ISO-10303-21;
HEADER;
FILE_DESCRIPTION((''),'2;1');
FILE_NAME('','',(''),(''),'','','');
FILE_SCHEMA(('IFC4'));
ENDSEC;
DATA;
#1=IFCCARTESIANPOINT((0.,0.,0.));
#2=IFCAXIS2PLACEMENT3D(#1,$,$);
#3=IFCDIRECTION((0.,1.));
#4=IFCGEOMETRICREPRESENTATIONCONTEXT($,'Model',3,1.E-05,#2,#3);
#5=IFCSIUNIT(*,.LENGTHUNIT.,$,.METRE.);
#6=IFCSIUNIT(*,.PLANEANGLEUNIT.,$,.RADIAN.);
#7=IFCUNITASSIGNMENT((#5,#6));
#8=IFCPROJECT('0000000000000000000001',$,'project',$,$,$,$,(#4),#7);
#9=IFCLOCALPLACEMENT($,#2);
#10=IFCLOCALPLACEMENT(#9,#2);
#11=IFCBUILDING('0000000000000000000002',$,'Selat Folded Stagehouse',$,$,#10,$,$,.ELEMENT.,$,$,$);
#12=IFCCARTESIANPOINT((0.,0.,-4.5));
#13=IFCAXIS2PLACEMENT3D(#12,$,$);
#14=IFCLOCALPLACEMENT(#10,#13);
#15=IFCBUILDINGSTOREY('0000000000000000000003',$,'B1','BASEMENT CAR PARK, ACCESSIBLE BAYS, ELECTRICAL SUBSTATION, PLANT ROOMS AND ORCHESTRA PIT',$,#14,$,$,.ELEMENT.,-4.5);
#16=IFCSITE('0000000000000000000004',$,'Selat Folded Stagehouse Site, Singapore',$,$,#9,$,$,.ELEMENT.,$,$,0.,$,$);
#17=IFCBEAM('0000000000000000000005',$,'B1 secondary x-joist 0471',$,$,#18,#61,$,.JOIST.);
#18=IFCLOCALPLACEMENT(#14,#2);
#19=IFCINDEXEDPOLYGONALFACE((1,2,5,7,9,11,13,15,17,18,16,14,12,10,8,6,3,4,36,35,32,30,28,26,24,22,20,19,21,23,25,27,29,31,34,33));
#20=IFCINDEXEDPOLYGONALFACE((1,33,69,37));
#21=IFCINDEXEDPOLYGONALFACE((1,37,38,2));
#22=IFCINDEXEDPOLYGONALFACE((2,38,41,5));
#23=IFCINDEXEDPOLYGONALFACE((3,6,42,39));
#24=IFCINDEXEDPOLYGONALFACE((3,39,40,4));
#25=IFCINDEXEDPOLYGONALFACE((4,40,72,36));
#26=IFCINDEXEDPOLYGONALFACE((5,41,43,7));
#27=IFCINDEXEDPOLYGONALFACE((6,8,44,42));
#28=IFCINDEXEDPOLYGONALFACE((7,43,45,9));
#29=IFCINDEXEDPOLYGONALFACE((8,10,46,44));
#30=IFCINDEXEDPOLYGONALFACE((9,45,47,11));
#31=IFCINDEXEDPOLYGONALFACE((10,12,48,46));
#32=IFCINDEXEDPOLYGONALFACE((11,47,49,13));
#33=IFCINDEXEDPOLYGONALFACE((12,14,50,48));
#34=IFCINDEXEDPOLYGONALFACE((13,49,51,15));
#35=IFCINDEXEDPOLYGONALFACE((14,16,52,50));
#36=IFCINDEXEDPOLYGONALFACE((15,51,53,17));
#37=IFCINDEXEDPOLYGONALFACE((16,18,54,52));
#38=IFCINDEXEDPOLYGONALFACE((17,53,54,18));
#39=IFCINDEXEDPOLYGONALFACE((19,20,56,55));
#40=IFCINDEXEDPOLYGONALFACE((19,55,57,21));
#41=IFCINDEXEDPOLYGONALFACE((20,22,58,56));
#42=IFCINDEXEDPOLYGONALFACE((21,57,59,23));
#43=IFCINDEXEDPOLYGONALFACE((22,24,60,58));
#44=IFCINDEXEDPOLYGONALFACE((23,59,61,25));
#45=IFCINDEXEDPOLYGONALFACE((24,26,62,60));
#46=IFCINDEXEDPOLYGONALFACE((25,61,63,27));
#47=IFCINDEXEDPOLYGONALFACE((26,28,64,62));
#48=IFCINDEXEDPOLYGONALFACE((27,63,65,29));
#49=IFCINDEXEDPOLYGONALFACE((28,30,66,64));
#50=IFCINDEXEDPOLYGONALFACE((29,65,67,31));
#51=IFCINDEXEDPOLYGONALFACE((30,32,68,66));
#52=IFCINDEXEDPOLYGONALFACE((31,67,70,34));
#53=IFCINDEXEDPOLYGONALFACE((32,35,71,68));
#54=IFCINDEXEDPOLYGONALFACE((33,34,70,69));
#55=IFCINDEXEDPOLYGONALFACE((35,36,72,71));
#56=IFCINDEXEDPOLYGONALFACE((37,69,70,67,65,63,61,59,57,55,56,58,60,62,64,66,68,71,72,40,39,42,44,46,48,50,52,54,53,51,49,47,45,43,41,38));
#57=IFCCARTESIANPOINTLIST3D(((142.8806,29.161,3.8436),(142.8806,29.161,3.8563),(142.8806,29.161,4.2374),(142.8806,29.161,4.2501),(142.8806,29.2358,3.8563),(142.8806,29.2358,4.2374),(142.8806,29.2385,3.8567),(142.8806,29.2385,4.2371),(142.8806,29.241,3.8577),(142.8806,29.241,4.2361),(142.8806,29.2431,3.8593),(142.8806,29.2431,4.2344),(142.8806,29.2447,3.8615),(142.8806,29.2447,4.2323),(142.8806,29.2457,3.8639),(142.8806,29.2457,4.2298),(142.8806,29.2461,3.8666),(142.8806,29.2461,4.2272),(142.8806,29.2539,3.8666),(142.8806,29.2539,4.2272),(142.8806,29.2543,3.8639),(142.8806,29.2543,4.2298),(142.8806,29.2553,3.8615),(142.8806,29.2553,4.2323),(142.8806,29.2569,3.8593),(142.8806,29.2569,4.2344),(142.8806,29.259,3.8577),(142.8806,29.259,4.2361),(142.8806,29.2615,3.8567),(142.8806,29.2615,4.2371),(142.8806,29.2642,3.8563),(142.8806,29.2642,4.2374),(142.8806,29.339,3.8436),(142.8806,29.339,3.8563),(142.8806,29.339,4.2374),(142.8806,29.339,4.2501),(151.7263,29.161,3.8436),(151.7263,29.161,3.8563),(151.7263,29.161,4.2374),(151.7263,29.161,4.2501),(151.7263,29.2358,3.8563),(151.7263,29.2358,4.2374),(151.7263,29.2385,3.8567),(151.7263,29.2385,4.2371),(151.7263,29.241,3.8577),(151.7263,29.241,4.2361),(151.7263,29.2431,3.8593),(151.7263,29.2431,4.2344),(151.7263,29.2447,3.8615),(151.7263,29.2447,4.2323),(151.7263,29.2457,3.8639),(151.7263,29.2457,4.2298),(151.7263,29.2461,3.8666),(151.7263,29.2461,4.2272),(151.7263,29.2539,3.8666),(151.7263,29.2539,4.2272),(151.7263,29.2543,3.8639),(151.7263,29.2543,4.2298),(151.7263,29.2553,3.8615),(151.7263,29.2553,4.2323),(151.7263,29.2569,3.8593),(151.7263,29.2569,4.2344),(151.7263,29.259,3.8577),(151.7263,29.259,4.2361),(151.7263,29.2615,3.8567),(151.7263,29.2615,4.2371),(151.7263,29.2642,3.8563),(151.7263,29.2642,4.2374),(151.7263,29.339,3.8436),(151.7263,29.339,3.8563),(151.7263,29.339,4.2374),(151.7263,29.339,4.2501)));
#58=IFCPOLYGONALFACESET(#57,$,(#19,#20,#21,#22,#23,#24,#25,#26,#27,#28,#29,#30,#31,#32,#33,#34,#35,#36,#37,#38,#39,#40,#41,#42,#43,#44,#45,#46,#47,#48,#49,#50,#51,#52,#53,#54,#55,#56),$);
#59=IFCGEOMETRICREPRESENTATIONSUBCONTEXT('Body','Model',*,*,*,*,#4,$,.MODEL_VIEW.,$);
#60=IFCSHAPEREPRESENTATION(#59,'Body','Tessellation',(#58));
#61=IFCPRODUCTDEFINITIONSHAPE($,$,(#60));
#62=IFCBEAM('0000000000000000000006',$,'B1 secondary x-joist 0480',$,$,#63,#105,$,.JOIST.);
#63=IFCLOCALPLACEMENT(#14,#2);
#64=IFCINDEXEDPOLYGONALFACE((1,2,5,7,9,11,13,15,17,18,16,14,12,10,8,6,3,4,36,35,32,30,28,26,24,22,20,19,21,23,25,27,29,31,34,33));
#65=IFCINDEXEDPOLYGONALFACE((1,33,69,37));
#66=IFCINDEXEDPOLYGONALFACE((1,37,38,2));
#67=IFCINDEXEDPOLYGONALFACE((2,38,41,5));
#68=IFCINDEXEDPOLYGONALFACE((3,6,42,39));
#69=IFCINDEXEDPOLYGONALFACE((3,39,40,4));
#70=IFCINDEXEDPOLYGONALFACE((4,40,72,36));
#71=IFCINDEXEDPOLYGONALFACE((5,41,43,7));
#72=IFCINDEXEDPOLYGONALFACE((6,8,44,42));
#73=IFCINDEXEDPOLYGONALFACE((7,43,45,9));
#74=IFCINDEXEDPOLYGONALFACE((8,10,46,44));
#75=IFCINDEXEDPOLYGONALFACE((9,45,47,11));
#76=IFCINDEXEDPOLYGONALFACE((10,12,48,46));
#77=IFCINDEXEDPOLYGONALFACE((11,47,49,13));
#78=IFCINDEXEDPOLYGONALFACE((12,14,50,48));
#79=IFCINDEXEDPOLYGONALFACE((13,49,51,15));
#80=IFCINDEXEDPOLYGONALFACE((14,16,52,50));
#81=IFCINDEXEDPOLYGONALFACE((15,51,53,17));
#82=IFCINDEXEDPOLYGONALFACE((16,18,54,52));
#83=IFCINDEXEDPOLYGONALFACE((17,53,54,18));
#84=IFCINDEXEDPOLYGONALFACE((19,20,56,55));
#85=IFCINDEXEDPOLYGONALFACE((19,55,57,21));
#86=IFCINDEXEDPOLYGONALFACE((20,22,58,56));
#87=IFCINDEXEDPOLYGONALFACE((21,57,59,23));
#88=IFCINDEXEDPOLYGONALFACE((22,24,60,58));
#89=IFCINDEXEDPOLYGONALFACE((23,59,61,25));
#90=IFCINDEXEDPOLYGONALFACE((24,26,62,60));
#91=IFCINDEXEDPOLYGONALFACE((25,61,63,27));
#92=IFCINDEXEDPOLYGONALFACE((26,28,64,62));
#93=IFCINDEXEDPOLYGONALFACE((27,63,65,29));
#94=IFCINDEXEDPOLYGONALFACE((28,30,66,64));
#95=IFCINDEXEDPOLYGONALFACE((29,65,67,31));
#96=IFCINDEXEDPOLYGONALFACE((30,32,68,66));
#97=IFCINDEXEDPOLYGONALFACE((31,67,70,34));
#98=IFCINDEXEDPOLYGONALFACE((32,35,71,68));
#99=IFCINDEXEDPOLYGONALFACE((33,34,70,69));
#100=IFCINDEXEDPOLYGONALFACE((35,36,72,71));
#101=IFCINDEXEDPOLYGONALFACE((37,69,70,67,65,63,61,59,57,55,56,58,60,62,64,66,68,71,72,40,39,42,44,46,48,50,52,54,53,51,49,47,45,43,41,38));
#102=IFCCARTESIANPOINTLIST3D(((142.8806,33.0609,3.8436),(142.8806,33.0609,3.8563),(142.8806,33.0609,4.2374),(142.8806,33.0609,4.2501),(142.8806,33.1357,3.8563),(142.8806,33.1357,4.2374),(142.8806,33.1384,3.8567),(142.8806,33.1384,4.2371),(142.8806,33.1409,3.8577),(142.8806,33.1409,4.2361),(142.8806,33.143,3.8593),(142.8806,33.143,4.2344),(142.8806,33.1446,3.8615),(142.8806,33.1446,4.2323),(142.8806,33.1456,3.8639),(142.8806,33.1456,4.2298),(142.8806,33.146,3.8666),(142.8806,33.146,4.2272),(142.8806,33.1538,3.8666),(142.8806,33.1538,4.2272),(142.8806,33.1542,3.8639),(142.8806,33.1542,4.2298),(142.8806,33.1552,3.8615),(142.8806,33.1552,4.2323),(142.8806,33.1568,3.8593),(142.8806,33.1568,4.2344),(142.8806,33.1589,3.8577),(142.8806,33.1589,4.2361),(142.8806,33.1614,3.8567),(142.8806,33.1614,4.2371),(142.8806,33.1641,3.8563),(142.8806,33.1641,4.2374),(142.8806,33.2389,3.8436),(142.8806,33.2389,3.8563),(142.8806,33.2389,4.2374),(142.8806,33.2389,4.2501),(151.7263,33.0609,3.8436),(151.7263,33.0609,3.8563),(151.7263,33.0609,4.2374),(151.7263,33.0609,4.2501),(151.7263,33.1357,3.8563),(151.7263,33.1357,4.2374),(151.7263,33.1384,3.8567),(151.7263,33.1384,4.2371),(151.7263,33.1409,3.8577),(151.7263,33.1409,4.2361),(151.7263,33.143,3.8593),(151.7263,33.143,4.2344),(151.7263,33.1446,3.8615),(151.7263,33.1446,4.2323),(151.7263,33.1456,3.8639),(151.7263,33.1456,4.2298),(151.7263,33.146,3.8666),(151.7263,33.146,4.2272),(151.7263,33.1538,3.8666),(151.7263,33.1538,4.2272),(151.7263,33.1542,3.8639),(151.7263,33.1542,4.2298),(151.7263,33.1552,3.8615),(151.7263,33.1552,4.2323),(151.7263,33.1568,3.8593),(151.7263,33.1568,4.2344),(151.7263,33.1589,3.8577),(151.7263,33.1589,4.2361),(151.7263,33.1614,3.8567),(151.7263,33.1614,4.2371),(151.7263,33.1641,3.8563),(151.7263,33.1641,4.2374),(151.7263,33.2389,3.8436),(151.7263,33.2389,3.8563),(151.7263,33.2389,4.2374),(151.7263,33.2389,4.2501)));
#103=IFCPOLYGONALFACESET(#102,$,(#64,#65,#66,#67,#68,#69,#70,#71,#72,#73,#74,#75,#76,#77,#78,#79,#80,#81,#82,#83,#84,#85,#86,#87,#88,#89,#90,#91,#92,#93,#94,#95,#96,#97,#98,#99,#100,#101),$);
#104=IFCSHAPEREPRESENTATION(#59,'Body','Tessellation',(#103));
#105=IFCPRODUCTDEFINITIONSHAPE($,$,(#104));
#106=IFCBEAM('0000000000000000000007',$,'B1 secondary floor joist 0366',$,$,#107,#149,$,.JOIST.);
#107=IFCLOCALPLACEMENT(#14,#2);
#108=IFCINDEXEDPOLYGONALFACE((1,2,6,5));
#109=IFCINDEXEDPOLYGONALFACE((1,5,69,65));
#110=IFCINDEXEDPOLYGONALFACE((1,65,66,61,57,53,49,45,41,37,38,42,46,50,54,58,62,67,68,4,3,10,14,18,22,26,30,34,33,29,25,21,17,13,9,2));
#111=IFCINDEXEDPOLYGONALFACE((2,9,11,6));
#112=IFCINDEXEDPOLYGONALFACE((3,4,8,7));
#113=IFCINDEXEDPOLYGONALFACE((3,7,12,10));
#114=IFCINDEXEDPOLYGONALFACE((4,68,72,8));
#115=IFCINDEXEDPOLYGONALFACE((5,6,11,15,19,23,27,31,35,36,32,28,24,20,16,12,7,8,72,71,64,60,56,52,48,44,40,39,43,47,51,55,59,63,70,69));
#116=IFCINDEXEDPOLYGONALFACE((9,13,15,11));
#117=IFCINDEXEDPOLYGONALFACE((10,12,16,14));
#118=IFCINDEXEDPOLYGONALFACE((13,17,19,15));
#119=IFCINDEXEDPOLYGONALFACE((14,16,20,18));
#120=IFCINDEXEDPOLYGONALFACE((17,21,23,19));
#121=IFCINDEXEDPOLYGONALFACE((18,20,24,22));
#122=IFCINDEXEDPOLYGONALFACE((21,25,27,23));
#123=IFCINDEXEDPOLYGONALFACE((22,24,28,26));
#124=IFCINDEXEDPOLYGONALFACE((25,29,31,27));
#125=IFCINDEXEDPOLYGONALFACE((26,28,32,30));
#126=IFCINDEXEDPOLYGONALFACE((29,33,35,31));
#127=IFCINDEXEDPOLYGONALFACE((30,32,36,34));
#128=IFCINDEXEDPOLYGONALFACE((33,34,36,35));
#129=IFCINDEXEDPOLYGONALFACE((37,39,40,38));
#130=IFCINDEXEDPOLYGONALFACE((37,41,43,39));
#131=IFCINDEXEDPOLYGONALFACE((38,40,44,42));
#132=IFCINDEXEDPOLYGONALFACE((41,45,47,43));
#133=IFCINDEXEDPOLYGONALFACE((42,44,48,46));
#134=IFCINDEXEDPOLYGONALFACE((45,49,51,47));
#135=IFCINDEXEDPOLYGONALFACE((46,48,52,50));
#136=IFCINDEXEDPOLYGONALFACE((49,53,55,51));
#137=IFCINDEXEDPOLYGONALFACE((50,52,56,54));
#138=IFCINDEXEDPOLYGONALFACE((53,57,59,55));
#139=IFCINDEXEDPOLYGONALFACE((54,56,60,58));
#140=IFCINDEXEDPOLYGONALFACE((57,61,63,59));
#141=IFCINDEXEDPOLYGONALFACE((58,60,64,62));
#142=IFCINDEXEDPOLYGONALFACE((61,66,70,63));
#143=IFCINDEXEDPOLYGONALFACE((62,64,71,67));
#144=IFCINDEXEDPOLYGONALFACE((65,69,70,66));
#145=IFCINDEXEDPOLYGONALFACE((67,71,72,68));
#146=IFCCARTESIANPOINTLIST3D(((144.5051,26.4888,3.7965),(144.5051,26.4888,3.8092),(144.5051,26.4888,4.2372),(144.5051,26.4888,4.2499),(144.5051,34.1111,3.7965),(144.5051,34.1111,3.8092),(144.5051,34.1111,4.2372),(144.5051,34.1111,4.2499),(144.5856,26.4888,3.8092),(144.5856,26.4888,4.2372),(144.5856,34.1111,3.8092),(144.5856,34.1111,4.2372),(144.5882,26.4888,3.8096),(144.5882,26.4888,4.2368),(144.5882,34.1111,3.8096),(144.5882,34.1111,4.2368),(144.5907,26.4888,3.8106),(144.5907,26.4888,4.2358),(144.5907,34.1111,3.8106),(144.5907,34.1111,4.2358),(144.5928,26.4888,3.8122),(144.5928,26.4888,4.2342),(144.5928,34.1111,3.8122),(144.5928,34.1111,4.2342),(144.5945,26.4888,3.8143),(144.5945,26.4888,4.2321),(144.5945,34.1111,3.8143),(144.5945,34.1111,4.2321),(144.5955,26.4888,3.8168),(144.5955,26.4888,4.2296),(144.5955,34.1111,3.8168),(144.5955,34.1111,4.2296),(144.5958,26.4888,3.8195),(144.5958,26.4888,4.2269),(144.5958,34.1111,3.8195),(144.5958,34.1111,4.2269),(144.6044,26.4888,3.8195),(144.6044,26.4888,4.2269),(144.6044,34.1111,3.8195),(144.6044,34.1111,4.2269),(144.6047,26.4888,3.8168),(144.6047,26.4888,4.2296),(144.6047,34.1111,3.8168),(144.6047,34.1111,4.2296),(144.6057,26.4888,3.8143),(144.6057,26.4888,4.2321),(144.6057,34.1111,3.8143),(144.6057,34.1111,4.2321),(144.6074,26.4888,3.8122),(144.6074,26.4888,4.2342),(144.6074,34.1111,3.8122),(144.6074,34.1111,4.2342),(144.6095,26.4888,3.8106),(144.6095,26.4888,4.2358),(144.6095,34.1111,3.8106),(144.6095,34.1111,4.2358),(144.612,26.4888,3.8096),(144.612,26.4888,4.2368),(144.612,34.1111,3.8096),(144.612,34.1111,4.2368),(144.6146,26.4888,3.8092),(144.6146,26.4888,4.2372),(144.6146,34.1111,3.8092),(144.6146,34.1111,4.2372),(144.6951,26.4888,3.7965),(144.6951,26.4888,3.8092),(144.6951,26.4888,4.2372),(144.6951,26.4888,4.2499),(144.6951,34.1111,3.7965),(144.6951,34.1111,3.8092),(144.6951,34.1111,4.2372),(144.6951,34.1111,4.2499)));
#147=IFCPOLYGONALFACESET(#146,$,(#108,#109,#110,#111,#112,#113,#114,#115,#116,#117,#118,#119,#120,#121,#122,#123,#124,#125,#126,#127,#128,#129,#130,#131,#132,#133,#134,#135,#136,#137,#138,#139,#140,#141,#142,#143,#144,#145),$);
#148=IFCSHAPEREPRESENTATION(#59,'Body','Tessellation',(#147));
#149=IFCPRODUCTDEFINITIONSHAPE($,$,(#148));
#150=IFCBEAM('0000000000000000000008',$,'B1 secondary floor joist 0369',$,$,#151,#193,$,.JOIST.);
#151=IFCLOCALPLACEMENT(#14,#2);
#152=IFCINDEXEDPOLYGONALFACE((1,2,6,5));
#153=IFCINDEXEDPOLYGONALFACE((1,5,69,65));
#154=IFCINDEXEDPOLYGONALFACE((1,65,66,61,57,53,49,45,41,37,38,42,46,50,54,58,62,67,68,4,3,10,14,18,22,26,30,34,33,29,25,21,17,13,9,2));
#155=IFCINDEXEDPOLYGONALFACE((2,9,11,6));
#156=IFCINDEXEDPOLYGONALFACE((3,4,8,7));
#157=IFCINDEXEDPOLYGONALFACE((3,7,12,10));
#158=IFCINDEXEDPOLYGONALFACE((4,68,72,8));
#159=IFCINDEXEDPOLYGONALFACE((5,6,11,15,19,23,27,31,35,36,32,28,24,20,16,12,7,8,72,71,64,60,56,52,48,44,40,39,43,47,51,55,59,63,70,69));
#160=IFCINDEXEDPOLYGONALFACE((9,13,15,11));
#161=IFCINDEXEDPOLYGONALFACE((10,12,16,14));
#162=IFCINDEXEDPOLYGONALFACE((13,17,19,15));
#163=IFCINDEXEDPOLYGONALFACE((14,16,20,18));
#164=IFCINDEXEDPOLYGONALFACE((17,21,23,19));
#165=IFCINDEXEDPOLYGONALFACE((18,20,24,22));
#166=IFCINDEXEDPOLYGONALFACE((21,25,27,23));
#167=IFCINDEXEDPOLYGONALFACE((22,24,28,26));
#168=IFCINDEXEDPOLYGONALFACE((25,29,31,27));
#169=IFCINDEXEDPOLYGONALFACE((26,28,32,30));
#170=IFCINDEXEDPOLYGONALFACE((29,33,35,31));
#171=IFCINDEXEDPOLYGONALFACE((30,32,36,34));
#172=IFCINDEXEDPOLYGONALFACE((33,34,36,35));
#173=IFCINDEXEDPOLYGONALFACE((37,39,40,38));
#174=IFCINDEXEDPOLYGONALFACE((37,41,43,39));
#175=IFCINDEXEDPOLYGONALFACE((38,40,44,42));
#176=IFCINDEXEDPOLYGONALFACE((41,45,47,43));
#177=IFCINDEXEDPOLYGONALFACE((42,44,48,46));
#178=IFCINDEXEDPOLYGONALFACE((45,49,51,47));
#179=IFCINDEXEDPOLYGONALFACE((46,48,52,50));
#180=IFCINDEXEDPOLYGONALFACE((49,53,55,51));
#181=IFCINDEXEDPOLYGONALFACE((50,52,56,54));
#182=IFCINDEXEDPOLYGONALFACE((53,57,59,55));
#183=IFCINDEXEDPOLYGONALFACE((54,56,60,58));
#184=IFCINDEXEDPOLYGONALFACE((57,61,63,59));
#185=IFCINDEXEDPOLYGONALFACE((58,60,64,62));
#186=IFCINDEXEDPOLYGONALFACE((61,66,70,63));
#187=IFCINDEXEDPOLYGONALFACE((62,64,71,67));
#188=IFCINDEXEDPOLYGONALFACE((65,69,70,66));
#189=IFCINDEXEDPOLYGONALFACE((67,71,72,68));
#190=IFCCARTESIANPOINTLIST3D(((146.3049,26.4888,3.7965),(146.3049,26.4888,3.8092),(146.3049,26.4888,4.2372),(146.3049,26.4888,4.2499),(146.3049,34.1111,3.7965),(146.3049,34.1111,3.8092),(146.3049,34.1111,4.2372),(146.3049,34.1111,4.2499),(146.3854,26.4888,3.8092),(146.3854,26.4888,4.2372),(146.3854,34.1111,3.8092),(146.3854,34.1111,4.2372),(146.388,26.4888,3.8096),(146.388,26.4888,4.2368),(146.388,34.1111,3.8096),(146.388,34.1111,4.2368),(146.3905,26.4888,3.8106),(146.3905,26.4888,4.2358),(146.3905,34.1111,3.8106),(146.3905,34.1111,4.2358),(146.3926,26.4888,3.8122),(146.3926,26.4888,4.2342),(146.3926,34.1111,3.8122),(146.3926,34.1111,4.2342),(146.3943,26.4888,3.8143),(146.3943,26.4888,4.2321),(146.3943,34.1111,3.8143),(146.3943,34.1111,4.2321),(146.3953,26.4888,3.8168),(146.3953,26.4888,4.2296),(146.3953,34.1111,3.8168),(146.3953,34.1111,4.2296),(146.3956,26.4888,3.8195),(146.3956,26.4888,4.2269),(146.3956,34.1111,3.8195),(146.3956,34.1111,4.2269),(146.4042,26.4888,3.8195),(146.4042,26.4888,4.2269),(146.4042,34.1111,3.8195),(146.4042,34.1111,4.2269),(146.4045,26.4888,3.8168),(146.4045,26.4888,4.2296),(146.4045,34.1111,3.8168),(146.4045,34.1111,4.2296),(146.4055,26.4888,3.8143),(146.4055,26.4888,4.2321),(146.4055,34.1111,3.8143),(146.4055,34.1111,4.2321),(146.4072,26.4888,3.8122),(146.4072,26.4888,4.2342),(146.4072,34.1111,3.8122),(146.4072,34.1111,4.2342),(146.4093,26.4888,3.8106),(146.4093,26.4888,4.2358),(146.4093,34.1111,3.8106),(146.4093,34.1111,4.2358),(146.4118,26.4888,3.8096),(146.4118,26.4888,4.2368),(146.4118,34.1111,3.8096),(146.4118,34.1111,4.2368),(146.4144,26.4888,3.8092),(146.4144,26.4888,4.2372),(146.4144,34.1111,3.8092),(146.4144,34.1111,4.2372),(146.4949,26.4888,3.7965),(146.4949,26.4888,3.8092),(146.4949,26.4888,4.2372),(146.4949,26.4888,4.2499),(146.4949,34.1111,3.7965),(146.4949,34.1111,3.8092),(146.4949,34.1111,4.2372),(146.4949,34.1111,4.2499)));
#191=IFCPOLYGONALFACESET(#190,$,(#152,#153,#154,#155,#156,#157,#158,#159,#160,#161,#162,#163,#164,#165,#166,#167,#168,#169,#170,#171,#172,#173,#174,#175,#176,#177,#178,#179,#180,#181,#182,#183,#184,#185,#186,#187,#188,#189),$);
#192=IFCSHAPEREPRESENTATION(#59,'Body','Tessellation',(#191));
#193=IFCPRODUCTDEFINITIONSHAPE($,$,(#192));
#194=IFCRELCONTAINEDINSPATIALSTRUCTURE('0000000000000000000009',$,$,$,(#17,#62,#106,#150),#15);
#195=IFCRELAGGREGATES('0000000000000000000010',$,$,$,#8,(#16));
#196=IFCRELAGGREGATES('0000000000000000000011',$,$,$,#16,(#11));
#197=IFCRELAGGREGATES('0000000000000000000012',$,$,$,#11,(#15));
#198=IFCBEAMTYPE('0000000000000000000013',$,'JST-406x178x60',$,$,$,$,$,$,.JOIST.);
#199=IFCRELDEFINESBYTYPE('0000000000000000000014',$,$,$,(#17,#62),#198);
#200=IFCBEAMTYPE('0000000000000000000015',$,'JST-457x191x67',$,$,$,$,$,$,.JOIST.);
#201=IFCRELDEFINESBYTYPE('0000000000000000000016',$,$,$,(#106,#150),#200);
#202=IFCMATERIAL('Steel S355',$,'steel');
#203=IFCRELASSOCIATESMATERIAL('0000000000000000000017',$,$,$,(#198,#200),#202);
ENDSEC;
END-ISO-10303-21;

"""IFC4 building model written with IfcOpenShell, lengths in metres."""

from ifc_helpers import new_model, si_unit, direction, frame, origin, origin_2d, place, context, subcontext, project, spatial, i_section, extrude, material, material_profile, profile_set, type_object, element, save


model = new_model("IFC4")

# Units and contexts
model_context = context("Model", 3, precision=1e-05, world=origin(), true_north=direction((0.0, 1.0)))
body_context = subcontext(model_context, "Body", "Model", "MODEL_VIEW")
ifc_project = project(units=[si_unit("LENGTHUNIT", "METRE"), si_unit("PLANEANGLEUNIT", "RADIAN")], contexts=[model_context])

# Site, building, storey
site_placement = place(None, origin())
site = spatial("IfcSite", under=ifc_project, at=site_placement, Name="Selat Folded Stagehouse Site, Singapore", CompositionType="ELEMENT", RefElevation=0.0)
building_placement = place(site_placement, origin())
building = spatial("IfcBuilding", under=site, at=building_placement, Name="Selat Folded Stagehouse", CompositionType="ELEMENT")
storey_placement = place(building_placement, frame((0.0, 0.0, -4.5)))
storey = spatial("IfcBuildingStorey", under=building, at=storey_placement, Name="B1", Description="BASEMENT CAR PARK, ACCESSIBLE BAYS, ELECTRICAL SUBSTATION, PLANT ROOMS AND ORCHESTRA PIT", CompositionType="ELEMENT", Elevation=-4.5)

# Shared definitions
ifc_material_1 = material(Name="Steel S355", Category="steel")

# Beams
ifc_material_profile_1 = material_profile(ifc_material_1, i_section(OverallWidth=0.178, OverallDepth=0.4065, WebThickness=0.0078, FlangeThickness=0.0127, FilletRadius=0.0103, at=origin_2d()), Name="UKB 406x178x60")
ifc_profile_set_1 = profile_set([ifc_material_profile_1], Name="Steel S355")
beam_type_1 = type_object("IfcBeamType", Name="JST-406x178x60", PredefinedType="JOIST", material=ifc_profile_set_1)
for number, where, z_axis, x_axis, name in (
    (1, (142.8806, 29.25, 4.0469), (1.0, 0.0, 0.0), (0.0, 1.0, 0.0), "B1 secondary x-joist 0471"),
    (2, (142.8806, 33.1499, 4.0469), (1.0, 0.0, 0.0), (0.0, 1.0, 0.0), "B1 secondary x-joist 0480"),
):
    element("IfcBeam", number, at=place(storey_placement, frame(where, z_axis=z_axis, x_axis=x_axis)), inside=storey, type_object=beam_type_1, Name=name, PredefinedType="JOIST", context=body_context, shape_type="SweptSolid", body=[
        extrude(i_section(OverallWidth=0.178, OverallDepth=0.4065, WebThickness=0.0078, FlangeThickness=0.0127, FilletRadius=0.0103, at=origin_2d()), origin(), (0.0, 0.0, 1.0), 8.8457),
    ])
ifc_material_profile_2 = material_profile(ifc_material_1, i_section(OverallWidth=0.1899, OverallDepth=0.4534, WebThickness=0.0085, FlangeThickness=0.0127, FilletRadius=0.0103, at=origin_2d()), Name="UKB 457x191x67")
ifc_profile_set_2 = profile_set([ifc_material_profile_2], Name="Steel S355")
beam_type_2 = type_object("IfcBeamType", Name="JST-457x191x67", PredefinedType="JOIST", material=ifc_profile_set_2)
for number, where, z_axis, x_axis, name in (
    (3, (144.6001, 26.4888, 4.0232), (0.0, 1.0, 0.0), (-1.0, 0.0, 0.0), "B1 secondary floor joist 0366"),
    (4, (146.3999, 26.4888, 4.0232), (0.0, 1.0, 0.0), (-1.0, 0.0, 0.0), "B1 secondary floor joist 0369"),
):
    element("IfcBeam", number, at=place(storey_placement, frame(where, z_axis=z_axis, x_axis=x_axis)), inside=storey, type_object=beam_type_2, Name=name, PredefinedType="JOIST", context=body_context, shape_type="SweptSolid", body=[
        extrude(i_section(OverallWidth=0.1899, OverallDepth=0.4534, WebThickness=0.0085, FlangeThickness=0.0127, FilletRadius=0.0103, at=origin_2d()), origin(), (0.0, 0.0, 1.0), 7.6223),
    ])

save(model, "model.ifc")
